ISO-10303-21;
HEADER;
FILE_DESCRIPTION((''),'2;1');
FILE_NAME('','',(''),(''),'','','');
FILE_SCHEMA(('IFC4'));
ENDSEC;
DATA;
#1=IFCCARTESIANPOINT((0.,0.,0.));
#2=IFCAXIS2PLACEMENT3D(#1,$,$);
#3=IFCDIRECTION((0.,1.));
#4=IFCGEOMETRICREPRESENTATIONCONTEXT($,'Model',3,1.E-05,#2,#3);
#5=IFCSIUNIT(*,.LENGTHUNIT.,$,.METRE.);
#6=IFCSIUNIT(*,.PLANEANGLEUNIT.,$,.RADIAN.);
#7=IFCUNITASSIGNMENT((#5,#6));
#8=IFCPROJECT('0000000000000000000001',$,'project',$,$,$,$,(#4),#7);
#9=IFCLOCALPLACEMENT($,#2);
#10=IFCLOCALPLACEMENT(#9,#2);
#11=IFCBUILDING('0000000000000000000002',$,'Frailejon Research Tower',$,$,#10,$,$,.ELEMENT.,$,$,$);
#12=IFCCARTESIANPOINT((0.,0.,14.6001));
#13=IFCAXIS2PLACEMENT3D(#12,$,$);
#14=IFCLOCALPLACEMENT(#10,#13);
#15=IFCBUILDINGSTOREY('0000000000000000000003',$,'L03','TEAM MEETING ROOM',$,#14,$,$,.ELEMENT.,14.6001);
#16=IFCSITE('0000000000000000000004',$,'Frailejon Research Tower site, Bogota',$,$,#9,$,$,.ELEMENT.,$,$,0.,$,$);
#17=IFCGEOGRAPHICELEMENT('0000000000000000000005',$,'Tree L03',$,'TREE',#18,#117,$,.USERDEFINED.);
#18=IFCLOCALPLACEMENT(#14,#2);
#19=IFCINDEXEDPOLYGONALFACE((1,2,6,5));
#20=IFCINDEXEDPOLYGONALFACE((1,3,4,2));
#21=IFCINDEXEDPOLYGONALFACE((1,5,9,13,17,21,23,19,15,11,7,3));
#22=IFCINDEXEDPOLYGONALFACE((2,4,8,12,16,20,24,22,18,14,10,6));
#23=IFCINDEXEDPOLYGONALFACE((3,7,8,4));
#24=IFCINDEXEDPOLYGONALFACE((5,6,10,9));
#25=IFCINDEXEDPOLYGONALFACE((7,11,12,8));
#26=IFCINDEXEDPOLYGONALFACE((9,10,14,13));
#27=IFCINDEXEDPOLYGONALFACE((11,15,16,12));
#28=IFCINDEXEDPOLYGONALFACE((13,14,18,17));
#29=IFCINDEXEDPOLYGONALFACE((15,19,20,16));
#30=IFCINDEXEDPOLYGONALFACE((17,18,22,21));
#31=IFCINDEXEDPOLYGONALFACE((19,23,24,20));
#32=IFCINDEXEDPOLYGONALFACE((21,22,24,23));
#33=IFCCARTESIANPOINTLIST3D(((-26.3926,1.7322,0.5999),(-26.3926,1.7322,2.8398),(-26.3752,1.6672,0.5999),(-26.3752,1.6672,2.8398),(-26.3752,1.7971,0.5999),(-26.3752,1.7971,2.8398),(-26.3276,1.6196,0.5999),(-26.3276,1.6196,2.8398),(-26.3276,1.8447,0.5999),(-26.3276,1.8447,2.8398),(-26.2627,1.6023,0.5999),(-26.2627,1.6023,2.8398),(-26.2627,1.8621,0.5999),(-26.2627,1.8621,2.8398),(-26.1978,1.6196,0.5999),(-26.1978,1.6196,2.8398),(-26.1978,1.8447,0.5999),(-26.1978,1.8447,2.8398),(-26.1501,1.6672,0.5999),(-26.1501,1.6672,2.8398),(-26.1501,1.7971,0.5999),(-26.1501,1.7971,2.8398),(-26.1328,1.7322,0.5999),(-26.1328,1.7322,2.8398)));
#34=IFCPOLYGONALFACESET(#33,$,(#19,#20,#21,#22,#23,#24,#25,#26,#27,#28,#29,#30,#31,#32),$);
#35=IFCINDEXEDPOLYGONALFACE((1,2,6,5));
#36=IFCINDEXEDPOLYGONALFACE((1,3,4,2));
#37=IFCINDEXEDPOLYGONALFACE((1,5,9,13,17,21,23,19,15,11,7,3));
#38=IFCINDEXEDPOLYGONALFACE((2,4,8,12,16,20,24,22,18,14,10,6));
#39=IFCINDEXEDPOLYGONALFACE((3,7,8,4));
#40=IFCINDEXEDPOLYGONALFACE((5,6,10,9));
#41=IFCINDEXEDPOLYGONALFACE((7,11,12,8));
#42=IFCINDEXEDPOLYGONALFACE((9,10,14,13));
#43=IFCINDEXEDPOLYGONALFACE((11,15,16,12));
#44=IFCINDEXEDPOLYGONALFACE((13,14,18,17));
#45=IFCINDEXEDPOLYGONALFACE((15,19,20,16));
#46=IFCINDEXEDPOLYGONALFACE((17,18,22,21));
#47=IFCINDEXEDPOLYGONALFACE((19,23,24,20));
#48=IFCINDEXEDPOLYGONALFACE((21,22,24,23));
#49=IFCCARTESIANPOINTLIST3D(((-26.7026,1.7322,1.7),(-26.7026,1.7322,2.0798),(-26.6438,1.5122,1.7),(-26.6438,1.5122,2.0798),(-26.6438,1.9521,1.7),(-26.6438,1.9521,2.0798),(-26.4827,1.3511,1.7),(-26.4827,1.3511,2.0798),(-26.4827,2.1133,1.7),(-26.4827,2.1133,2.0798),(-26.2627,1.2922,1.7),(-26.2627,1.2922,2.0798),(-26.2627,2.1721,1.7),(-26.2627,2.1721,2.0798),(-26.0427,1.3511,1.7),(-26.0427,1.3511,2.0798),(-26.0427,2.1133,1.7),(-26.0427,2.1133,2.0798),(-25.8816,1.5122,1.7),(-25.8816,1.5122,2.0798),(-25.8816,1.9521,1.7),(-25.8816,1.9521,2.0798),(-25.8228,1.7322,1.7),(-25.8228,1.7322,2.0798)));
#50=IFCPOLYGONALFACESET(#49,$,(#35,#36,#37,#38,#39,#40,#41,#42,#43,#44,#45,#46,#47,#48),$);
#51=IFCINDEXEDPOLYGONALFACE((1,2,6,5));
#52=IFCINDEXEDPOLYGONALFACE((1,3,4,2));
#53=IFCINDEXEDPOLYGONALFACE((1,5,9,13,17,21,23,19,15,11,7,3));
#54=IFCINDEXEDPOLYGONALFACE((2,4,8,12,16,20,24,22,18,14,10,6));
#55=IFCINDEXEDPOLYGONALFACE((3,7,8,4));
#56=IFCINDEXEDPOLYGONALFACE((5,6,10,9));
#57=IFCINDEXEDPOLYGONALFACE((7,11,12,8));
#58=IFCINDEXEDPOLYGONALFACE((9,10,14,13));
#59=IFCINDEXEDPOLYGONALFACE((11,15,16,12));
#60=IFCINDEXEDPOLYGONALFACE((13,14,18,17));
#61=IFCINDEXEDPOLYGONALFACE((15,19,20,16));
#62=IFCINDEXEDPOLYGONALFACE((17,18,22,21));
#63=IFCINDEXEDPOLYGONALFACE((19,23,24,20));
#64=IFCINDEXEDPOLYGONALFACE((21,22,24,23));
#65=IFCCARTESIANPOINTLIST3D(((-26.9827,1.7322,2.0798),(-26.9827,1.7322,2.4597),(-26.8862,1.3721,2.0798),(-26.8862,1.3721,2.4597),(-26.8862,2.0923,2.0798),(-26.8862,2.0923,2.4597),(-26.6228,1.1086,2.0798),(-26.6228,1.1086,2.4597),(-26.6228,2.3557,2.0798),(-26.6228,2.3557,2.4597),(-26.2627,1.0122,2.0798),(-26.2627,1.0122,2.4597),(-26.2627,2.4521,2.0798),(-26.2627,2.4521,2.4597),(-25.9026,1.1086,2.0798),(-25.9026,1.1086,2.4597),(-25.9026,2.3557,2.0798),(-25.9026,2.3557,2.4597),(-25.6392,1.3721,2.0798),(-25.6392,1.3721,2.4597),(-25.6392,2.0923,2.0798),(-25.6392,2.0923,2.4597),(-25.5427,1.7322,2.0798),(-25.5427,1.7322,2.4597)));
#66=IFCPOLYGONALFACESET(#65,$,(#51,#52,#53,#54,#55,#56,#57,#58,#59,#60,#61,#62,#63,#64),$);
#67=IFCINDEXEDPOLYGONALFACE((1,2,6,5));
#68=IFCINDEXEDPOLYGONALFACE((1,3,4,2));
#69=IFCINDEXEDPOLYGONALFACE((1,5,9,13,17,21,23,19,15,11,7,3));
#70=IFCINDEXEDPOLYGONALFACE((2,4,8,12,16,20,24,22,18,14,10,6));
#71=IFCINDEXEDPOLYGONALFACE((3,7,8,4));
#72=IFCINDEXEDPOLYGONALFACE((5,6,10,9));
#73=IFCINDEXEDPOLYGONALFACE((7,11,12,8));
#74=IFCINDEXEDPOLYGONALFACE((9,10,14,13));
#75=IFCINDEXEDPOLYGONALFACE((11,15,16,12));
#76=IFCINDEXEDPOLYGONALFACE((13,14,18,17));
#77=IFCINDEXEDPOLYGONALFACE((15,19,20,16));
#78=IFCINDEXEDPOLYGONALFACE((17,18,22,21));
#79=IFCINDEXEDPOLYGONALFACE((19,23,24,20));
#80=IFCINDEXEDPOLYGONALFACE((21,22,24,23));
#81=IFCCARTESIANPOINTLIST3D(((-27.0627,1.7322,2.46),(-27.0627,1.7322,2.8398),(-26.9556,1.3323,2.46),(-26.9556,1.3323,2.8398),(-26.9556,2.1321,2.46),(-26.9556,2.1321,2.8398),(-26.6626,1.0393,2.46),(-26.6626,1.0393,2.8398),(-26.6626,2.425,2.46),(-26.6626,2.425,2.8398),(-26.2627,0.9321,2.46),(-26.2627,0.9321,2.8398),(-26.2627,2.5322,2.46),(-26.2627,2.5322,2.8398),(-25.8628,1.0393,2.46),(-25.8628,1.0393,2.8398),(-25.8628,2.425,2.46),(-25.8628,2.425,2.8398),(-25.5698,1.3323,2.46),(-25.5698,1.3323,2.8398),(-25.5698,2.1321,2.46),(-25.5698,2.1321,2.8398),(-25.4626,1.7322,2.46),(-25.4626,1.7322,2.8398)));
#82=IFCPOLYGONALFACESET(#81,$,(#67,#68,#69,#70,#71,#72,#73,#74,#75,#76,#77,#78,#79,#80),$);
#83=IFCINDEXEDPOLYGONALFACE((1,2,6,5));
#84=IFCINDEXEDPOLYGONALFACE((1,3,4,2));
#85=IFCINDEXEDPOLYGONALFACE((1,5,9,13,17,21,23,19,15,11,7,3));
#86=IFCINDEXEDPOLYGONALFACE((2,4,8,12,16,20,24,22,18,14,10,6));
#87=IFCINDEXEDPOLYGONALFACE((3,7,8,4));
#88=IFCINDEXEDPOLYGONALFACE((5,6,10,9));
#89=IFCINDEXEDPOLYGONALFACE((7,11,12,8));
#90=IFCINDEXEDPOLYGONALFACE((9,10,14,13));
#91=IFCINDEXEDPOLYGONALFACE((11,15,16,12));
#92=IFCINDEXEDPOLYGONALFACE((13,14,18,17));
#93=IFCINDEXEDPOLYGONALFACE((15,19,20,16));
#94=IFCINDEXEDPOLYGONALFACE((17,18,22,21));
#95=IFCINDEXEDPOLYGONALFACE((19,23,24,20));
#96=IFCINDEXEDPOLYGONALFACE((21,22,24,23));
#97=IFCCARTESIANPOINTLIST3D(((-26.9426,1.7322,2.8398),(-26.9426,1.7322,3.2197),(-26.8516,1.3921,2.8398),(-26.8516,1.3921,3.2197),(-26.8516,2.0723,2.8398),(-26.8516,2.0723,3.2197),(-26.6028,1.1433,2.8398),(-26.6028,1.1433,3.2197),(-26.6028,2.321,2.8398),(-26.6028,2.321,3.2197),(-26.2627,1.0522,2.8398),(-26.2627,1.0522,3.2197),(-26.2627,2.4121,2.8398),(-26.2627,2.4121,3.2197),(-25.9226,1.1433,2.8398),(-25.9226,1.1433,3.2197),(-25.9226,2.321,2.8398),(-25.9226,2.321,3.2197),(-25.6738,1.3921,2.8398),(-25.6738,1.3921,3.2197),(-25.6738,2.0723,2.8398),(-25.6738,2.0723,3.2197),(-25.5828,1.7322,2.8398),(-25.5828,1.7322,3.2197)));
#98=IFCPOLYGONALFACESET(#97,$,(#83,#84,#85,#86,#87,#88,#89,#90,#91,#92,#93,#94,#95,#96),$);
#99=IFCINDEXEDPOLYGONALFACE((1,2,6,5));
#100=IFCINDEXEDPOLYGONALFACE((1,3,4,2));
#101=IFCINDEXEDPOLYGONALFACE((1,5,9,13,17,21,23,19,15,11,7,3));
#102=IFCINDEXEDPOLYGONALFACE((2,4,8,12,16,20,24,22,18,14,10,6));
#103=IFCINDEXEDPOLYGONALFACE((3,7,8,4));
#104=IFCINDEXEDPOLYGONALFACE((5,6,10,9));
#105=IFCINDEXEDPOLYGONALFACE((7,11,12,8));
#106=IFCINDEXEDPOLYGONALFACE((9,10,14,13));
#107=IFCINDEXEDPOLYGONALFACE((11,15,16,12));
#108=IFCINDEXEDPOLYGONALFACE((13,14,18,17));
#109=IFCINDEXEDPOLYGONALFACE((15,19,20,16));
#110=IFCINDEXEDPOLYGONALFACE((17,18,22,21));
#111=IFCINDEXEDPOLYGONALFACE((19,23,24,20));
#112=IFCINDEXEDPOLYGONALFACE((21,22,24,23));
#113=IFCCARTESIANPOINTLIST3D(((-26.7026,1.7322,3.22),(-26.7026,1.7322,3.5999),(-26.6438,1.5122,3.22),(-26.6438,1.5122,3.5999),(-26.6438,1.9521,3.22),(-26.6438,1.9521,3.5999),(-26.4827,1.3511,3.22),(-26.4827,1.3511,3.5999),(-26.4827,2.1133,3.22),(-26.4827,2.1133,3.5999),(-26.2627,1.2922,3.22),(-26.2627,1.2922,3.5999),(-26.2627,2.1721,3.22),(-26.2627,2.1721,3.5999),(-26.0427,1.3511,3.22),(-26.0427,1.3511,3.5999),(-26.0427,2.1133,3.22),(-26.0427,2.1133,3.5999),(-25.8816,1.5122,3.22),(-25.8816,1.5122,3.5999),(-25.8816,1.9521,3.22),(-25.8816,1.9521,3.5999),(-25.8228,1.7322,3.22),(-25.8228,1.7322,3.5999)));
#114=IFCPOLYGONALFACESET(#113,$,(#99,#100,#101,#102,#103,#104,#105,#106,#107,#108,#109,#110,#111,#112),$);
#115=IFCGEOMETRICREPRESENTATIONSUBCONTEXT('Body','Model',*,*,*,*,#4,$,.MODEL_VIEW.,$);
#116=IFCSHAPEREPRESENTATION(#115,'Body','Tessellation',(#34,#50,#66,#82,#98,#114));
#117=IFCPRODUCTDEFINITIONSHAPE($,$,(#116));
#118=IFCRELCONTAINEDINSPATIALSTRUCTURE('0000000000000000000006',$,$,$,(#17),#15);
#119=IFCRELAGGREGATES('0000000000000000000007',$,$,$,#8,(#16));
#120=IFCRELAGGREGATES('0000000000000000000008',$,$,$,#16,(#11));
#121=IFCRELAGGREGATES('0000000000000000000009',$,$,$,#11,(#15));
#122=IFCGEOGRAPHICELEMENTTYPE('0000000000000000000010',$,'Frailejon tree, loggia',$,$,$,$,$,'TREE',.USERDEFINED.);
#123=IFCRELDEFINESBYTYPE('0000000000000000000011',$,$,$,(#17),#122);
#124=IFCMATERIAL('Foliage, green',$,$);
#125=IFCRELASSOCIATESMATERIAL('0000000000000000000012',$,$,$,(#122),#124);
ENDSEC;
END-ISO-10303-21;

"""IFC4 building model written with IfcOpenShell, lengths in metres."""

from ifc_helpers import new_model, si_unit, direction, frame, origin, place, context, subcontext, project, spatial, polyline, outline, extrude, material, type_object, element, save


model = new_model("IFC4")

# Units and contexts
model_context = context("Model", 3, precision=1e-05, world=origin(), true_north=direction((0.0, 1.0)))
body_context = subcontext(model_context, "Body", "Model", "MODEL_VIEW")
ifc_project = project(units=[si_unit("LENGTHUNIT", "METRE"), si_unit("PLANEANGLEUNIT", "RADIAN")], contexts=[model_context])

# Site, building, storey
site_placement = place(None, origin())
site = spatial("IfcSite", under=ifc_project, at=site_placement, Name="Frailejon Research Tower site, Bogota", CompositionType="ELEMENT", RefElevation=0.0)
building_placement = place(site_placement, origin())
building = spatial("IfcBuilding", under=site, at=building_placement, Name="Frailejon Research Tower", CompositionType="ELEMENT")
storey_placement = place(building_placement, frame((0.0, 0.0, 14.6001)))
storey = spatial("IfcBuildingStorey", under=building, at=storey_placement, Name="L03", Description="TEAM MEETING ROOM", CompositionType="ELEMENT", Elevation=14.6001)

# Geographic element
ifc_material_1 = material(Name="Foliage, green")
geographic_element_type_1 = type_object("IfcGeographicElementType", Name="Frailejon tree, loggia", ElementType="TREE", PredefinedType="USERDEFINED", material=ifc_material_1)
geographic_element_1_placement = place(storey_placement, frame((-26.2627, 1.7322, 0.5999)))
element("IfcGeographicElement", 1, at=geographic_element_1_placement, inside=storey, type_object=geographic_element_type_1, Name="Tree L03", ObjectType="TREE", PredefinedType="USERDEFINED", context=body_context, shape_type="SweptSolid", body=[
    extrude(outline(polyline([(0.1299, 0.0), (0.1125, 0.0649), (0.0649, 0.1125), (0.0, 0.1299), (-0.0649, 0.1125), (-0.1125, 0.0649), (-0.1299, 0.0), (-0.1125, -0.0649), (-0.0649, -0.1125), (0.0, -0.1299), (0.0649, -0.1125), (0.1125, -0.0649), (0.1299, 0.0)])), origin(), (0.0, 0.0, 1.0), 2.24),
    extrude(outline(polyline([(0.4399, 0.0), (0.3811, 0.22), (0.22, 0.3811), (0.0, 0.4399), (-0.22, 0.3811), (-0.3811, 0.22), (-0.4399, 0.0), (-0.3811, -0.22), (-0.22, -0.3811), (0.0, -0.4399), (0.22, -0.3811), (0.3811, -0.22), (0.4399, 0.0)])), frame((0.0, 0.0, 1.1001)), (0.0, 0.0, 1.0), 0.3799),
    extrude(outline(polyline([(0.72, 0.0), (0.6235, 0.3601), (0.3601, 0.6235), (0.0, 0.72), (-0.3601, 0.6235), (-0.6235, 0.3601), (-0.72, 0.0), (-0.6235, -0.3601), (-0.3601, -0.6235), (0.0, -0.72), (0.3601, -0.6235), (0.6235, -0.3601), (0.72, 0.0)])), frame((0.0, 0.0, 1.48)), (0.0, 0.0, 1.0), 0.3799),
    extrude(outline(polyline([(0.8, 0.0), (0.6929, 0.3999), (0.3999, 0.6929), (0.0, 0.8), (-0.3999, 0.6929), (-0.6929, 0.3999), (-0.8, 0.0), (-0.6929, -0.3999), (-0.3999, -0.6929), (0.0, -0.8), (0.3999, -0.6929), (0.6929, -0.3999), (0.8, 0.0)])), frame((0.0, 0.0, 1.8601)), (0.0, 0.0, 1.0), 0.3799),
    extrude(outline(polyline([(0.6799, 0.0), (0.5889, 0.3401), (0.3401, 0.5889), (0.0, 0.6799), (-0.3401, 0.5889), (-0.5889, 0.3401), (-0.6799, 0.0), (-0.5889, -0.3401), (-0.3401, -0.5889), (0.0, -0.6799), (0.3401, -0.5889), (0.5889, -0.3401), (0.6799, 0.0)])), frame((0.0, 0.0, 2.24)), (0.0, 0.0, 1.0), 0.3799),
    extrude(outline(polyline([(0.4399, 0.0), (0.3811, 0.22), (0.22, 0.3811), (0.0, 0.4399), (-0.22, 0.3811), (-0.3811, 0.22), (-0.4399, 0.0), (-0.3811, -0.22), (-0.22, -0.3811), (0.0, -0.4399), (0.22, -0.3811), (0.3811, -0.22), (0.4399, 0.0)])), frame((0.0, 0.0, 2.6201)), (0.0, 0.0, 1.0), 0.3799),
])

save(model, "model.ifc")
